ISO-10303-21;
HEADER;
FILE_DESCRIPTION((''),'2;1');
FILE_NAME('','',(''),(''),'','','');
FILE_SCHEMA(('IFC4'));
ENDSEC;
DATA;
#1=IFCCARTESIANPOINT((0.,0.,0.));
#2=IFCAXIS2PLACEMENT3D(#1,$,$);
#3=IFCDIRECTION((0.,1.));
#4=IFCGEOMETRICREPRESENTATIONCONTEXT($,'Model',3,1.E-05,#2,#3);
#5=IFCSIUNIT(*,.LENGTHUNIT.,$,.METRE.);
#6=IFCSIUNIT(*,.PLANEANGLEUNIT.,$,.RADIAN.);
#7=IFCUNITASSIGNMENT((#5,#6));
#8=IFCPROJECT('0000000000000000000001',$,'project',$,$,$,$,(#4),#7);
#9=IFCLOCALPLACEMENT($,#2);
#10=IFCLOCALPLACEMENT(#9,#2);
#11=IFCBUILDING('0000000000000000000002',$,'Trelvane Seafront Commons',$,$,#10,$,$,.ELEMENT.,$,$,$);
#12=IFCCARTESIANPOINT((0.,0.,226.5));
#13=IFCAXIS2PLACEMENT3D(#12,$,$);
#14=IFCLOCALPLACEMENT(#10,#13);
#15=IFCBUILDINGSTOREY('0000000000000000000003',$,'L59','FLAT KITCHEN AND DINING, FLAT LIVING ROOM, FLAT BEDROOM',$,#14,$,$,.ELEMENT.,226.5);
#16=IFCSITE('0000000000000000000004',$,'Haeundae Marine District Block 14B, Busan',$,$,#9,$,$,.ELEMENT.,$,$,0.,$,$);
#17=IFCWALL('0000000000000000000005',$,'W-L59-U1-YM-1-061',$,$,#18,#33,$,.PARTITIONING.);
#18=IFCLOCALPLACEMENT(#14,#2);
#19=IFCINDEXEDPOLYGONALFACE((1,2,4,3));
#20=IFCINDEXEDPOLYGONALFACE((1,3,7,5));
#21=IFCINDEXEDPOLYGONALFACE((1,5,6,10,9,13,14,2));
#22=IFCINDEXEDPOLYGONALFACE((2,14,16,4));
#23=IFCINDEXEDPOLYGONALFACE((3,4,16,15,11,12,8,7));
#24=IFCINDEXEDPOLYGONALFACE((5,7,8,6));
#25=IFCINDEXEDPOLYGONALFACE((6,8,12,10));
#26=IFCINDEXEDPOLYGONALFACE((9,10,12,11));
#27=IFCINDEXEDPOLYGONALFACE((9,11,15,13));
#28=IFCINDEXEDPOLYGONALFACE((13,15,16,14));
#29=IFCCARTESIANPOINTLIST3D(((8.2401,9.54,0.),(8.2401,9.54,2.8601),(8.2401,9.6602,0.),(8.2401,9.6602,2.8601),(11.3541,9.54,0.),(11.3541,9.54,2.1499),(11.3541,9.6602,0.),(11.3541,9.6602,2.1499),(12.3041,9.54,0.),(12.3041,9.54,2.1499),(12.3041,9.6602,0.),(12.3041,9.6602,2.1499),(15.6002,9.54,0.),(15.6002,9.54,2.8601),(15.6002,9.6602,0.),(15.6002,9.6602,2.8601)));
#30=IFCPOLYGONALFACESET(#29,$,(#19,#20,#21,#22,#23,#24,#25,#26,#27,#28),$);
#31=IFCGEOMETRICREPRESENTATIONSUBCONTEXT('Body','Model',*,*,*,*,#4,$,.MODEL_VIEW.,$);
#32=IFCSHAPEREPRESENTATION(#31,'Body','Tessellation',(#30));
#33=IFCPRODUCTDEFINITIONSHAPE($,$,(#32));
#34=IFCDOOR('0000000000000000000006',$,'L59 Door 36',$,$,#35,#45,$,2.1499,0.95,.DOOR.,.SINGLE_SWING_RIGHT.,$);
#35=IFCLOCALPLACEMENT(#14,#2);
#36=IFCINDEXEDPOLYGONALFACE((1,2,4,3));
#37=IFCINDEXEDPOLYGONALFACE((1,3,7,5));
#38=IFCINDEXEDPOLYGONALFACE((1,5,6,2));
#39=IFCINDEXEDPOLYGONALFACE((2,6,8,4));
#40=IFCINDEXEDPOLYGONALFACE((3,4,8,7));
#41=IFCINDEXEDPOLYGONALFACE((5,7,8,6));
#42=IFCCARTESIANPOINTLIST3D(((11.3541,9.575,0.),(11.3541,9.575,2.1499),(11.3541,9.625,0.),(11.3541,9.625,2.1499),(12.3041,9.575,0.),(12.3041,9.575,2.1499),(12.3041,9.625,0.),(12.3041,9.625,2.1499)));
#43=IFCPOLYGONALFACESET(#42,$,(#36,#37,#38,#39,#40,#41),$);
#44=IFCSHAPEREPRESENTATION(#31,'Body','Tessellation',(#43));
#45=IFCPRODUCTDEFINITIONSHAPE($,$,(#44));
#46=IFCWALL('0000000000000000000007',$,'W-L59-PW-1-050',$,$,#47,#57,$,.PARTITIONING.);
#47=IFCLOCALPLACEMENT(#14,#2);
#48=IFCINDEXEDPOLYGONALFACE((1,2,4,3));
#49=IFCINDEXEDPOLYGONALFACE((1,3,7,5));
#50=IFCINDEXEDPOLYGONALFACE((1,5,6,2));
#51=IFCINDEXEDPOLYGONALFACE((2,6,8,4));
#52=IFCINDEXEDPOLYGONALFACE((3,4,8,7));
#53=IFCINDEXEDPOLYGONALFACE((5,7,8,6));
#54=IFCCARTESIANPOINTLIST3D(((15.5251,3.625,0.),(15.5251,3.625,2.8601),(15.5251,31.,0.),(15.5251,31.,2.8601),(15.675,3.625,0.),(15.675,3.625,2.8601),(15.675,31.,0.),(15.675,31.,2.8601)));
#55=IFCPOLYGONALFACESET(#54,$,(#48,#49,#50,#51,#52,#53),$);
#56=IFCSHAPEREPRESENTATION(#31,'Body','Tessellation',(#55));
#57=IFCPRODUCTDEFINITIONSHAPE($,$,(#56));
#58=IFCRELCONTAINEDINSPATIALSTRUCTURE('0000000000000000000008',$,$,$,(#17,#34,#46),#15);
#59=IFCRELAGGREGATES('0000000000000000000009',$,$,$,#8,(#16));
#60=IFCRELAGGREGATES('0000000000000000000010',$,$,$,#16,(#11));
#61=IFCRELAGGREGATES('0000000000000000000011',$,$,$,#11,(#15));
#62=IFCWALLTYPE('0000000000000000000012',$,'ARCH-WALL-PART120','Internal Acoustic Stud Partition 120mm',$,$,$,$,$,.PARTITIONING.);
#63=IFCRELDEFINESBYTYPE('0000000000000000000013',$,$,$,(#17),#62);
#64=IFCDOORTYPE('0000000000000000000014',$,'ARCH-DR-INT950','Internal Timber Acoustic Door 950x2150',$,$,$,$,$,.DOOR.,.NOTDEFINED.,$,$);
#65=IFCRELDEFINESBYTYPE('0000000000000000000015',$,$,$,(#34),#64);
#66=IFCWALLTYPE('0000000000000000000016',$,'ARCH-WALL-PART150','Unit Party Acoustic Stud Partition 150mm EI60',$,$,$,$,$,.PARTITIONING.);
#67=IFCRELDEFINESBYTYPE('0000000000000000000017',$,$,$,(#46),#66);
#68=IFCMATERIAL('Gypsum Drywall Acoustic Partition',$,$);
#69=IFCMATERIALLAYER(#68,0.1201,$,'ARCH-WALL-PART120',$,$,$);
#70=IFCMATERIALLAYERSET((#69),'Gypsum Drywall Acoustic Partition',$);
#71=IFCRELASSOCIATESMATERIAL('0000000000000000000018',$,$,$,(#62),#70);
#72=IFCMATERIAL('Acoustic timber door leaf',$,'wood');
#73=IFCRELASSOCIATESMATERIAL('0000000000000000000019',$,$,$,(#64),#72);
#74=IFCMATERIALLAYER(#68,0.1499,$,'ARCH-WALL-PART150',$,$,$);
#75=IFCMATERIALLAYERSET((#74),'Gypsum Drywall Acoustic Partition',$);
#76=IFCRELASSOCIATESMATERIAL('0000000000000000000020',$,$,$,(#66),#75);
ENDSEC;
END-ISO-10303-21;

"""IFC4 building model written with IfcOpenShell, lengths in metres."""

from ifc_helpers import new_model, si_unit, direction, frame, frame_2d, origin, place, context, subcontext, project, spatial, rectangle, extrude, source, transform, mapped, material, layer, layer_set, type_object, element, fill, save


model = new_model("IFC4")

# Units and contexts
model_context = context("Model", 3, precision=1e-05, world=origin(), true_north=direction((0.0, 1.0)))
body_context = subcontext(model_context, "Body", "Model", "MODEL_VIEW")
ifc_project = project(units=[si_unit("LENGTHUNIT", "METRE"), si_unit("PLANEANGLEUNIT", "RADIAN")], contexts=[model_context])

# Site, building, storey
site_placement = place(None, origin())
site = spatial("IfcSite", under=ifc_project, at=site_placement, Name="Haeundae Marine District Block 14B, Busan", CompositionType="ELEMENT", RefElevation=0.0)
building_placement = place(site_placement, origin())
building = spatial("IfcBuilding", under=site, at=building_placement, Name="Trelvane Seafront Commons", CompositionType="ELEMENT")
storey_placement = place(building_placement, frame((0.0, 0.0, 226.5)))
storey = spatial("IfcBuildingStorey", under=building, at=storey_placement, Name="L59", Description="FLAT KITCHEN AND DINING, FLAT LIVING ROOM, FLAT BEDROOM", CompositionType="ELEMENT", Elevation=226.5)

# Wall, opening, door
ifc_material_1 = material(Name="Gypsum Drywall Acoustic Partition")
ifc_layer_1 = layer(ifc_material_1, 0.1201, Name="ARCH-WALL-PART120")
ifc_layer_set_1 = layer_set([ifc_layer_1], Name="Gypsum Drywall Acoustic Partition")
wall_type_1 = type_object("IfcWallType", Name="ARCH-WALL-PART120", Description="Internal Acoustic Stud Partition 120mm", PredefinedType="PARTITIONING", material=ifc_layer_set_1)
wall_1_placement = place(storey_placement, frame((8.24, 9.6001, 0.0), z_axis=(0.0, 0.0, 1.0), x_axis=(1.0, 0.0, 0.0)))
wall_1 = element("IfcWall", 1, at=wall_1_placement, inside=storey, type_object=wall_type_1, Name="W-L59-U1-YM-1-061", PredefinedType="PARTITIONING", context=body_context, shape_type="SweptSolid", body=[
    extrude(rectangle(XDim=7.3601, YDim=0.1201, at=frame_2d((3.6802, 0.0))), origin(), (0.0, 0.0, 1.0), 2.8601),
])
opening_1_placement = place(wall_1_placement, frame((3.114, 0.0, 0.0)))
opening_1 = element("IfcOpeningElement", 2, at=opening_1_placement, cuts=wall_1, PredefinedType="OPENING", context=body_context, shape_type="SweptSolid", body=[
    extrude(rectangle(XDim=0.95, YDim=2.1499, at=frame_2d((0.4751, 1.075))), frame((0.0, 0.0701, 0.0), z_axis=(0.0, -1.0, 0.0), x_axis=(1.0, 0.0, 0.0)), (0.0, 0.0, 1.0), 0.1401),
])
ifc_material_2 = material(Name="Acoustic timber door leaf", Category="wood")
door_type = type_object("IfcDoorType", Name="ARCH-DR-INT950", Description="Internal Timber Acoustic Door 950x2150", OperationType="NOTDEFINED", PredefinedType="DOOR", material=ifc_material_2)
shared_shape_1 = source(origin(), body_context, "Body", "SweptSolid", [
    extrude(rectangle(XDim=0.95, YDim=2.1499, at=frame_2d((0.4751, 1.075))), frame((0.0, 0.0249, 0.0), z_axis=(0.0, -1.0, 0.0), x_axis=(1.0, 0.0, 0.0)), (0.0, 0.0, 1.0), 0.05),
])
door_1_placement = place(opening_1_placement, origin())
door_1 = element("IfcDoor", 3, at=door_1_placement, inside=storey, type_object=door_type, Name="L59 Door 36", OperationType="SINGLE_SWING_RIGHT", OverallHeight=2.1499, OverallWidth=0.95, PredefinedType="DOOR", context=body_context, shape_type="MappedRepresentation", body=[
    mapped(shared_shape_1, transform((0.0, 0.0, 0.0), x_axis=(1.0, 0.0, 0.0), y_axis=(0.0, 1.0, 0.0), z_axis=(0.0, 0.0, 1.0), scale=1.0)),
])
fill(opening_1, door_1)

# Wall
ifc_layer_2 = layer(ifc_material_1, 0.1499, Name="ARCH-WALL-PART150")
ifc_layer_set_2 = layer_set([ifc_layer_2], Name="Gypsum Drywall Acoustic Partition")
wall_type_2 = type_object("IfcWallType", Name="ARCH-WALL-PART150", Description="Unit Party Acoustic Stud Partition 150mm EI60", PredefinedType="PARTITIONING", material=ifc_layer_set_2)
wall_2_placement = place(storey_placement, frame((15.6001, 3.625, 0.0), z_axis=(0.0, 0.0, 1.0), x_axis=(0.0, 1.0, 0.0)))
element("IfcWall", 4, at=wall_2_placement, inside=storey, type_object=wall_type_2, Name="W-L59-PW-1-050", PredefinedType="PARTITIONING", context=body_context, shape_type="SweptSolid", body=[
    extrude(rectangle(XDim=27.375, YDim=0.1499, at=frame_2d((13.6875, 0.0))), origin(), (0.0, 0.0, 1.0), 2.8601),
])

save(model, "model.ifc")
